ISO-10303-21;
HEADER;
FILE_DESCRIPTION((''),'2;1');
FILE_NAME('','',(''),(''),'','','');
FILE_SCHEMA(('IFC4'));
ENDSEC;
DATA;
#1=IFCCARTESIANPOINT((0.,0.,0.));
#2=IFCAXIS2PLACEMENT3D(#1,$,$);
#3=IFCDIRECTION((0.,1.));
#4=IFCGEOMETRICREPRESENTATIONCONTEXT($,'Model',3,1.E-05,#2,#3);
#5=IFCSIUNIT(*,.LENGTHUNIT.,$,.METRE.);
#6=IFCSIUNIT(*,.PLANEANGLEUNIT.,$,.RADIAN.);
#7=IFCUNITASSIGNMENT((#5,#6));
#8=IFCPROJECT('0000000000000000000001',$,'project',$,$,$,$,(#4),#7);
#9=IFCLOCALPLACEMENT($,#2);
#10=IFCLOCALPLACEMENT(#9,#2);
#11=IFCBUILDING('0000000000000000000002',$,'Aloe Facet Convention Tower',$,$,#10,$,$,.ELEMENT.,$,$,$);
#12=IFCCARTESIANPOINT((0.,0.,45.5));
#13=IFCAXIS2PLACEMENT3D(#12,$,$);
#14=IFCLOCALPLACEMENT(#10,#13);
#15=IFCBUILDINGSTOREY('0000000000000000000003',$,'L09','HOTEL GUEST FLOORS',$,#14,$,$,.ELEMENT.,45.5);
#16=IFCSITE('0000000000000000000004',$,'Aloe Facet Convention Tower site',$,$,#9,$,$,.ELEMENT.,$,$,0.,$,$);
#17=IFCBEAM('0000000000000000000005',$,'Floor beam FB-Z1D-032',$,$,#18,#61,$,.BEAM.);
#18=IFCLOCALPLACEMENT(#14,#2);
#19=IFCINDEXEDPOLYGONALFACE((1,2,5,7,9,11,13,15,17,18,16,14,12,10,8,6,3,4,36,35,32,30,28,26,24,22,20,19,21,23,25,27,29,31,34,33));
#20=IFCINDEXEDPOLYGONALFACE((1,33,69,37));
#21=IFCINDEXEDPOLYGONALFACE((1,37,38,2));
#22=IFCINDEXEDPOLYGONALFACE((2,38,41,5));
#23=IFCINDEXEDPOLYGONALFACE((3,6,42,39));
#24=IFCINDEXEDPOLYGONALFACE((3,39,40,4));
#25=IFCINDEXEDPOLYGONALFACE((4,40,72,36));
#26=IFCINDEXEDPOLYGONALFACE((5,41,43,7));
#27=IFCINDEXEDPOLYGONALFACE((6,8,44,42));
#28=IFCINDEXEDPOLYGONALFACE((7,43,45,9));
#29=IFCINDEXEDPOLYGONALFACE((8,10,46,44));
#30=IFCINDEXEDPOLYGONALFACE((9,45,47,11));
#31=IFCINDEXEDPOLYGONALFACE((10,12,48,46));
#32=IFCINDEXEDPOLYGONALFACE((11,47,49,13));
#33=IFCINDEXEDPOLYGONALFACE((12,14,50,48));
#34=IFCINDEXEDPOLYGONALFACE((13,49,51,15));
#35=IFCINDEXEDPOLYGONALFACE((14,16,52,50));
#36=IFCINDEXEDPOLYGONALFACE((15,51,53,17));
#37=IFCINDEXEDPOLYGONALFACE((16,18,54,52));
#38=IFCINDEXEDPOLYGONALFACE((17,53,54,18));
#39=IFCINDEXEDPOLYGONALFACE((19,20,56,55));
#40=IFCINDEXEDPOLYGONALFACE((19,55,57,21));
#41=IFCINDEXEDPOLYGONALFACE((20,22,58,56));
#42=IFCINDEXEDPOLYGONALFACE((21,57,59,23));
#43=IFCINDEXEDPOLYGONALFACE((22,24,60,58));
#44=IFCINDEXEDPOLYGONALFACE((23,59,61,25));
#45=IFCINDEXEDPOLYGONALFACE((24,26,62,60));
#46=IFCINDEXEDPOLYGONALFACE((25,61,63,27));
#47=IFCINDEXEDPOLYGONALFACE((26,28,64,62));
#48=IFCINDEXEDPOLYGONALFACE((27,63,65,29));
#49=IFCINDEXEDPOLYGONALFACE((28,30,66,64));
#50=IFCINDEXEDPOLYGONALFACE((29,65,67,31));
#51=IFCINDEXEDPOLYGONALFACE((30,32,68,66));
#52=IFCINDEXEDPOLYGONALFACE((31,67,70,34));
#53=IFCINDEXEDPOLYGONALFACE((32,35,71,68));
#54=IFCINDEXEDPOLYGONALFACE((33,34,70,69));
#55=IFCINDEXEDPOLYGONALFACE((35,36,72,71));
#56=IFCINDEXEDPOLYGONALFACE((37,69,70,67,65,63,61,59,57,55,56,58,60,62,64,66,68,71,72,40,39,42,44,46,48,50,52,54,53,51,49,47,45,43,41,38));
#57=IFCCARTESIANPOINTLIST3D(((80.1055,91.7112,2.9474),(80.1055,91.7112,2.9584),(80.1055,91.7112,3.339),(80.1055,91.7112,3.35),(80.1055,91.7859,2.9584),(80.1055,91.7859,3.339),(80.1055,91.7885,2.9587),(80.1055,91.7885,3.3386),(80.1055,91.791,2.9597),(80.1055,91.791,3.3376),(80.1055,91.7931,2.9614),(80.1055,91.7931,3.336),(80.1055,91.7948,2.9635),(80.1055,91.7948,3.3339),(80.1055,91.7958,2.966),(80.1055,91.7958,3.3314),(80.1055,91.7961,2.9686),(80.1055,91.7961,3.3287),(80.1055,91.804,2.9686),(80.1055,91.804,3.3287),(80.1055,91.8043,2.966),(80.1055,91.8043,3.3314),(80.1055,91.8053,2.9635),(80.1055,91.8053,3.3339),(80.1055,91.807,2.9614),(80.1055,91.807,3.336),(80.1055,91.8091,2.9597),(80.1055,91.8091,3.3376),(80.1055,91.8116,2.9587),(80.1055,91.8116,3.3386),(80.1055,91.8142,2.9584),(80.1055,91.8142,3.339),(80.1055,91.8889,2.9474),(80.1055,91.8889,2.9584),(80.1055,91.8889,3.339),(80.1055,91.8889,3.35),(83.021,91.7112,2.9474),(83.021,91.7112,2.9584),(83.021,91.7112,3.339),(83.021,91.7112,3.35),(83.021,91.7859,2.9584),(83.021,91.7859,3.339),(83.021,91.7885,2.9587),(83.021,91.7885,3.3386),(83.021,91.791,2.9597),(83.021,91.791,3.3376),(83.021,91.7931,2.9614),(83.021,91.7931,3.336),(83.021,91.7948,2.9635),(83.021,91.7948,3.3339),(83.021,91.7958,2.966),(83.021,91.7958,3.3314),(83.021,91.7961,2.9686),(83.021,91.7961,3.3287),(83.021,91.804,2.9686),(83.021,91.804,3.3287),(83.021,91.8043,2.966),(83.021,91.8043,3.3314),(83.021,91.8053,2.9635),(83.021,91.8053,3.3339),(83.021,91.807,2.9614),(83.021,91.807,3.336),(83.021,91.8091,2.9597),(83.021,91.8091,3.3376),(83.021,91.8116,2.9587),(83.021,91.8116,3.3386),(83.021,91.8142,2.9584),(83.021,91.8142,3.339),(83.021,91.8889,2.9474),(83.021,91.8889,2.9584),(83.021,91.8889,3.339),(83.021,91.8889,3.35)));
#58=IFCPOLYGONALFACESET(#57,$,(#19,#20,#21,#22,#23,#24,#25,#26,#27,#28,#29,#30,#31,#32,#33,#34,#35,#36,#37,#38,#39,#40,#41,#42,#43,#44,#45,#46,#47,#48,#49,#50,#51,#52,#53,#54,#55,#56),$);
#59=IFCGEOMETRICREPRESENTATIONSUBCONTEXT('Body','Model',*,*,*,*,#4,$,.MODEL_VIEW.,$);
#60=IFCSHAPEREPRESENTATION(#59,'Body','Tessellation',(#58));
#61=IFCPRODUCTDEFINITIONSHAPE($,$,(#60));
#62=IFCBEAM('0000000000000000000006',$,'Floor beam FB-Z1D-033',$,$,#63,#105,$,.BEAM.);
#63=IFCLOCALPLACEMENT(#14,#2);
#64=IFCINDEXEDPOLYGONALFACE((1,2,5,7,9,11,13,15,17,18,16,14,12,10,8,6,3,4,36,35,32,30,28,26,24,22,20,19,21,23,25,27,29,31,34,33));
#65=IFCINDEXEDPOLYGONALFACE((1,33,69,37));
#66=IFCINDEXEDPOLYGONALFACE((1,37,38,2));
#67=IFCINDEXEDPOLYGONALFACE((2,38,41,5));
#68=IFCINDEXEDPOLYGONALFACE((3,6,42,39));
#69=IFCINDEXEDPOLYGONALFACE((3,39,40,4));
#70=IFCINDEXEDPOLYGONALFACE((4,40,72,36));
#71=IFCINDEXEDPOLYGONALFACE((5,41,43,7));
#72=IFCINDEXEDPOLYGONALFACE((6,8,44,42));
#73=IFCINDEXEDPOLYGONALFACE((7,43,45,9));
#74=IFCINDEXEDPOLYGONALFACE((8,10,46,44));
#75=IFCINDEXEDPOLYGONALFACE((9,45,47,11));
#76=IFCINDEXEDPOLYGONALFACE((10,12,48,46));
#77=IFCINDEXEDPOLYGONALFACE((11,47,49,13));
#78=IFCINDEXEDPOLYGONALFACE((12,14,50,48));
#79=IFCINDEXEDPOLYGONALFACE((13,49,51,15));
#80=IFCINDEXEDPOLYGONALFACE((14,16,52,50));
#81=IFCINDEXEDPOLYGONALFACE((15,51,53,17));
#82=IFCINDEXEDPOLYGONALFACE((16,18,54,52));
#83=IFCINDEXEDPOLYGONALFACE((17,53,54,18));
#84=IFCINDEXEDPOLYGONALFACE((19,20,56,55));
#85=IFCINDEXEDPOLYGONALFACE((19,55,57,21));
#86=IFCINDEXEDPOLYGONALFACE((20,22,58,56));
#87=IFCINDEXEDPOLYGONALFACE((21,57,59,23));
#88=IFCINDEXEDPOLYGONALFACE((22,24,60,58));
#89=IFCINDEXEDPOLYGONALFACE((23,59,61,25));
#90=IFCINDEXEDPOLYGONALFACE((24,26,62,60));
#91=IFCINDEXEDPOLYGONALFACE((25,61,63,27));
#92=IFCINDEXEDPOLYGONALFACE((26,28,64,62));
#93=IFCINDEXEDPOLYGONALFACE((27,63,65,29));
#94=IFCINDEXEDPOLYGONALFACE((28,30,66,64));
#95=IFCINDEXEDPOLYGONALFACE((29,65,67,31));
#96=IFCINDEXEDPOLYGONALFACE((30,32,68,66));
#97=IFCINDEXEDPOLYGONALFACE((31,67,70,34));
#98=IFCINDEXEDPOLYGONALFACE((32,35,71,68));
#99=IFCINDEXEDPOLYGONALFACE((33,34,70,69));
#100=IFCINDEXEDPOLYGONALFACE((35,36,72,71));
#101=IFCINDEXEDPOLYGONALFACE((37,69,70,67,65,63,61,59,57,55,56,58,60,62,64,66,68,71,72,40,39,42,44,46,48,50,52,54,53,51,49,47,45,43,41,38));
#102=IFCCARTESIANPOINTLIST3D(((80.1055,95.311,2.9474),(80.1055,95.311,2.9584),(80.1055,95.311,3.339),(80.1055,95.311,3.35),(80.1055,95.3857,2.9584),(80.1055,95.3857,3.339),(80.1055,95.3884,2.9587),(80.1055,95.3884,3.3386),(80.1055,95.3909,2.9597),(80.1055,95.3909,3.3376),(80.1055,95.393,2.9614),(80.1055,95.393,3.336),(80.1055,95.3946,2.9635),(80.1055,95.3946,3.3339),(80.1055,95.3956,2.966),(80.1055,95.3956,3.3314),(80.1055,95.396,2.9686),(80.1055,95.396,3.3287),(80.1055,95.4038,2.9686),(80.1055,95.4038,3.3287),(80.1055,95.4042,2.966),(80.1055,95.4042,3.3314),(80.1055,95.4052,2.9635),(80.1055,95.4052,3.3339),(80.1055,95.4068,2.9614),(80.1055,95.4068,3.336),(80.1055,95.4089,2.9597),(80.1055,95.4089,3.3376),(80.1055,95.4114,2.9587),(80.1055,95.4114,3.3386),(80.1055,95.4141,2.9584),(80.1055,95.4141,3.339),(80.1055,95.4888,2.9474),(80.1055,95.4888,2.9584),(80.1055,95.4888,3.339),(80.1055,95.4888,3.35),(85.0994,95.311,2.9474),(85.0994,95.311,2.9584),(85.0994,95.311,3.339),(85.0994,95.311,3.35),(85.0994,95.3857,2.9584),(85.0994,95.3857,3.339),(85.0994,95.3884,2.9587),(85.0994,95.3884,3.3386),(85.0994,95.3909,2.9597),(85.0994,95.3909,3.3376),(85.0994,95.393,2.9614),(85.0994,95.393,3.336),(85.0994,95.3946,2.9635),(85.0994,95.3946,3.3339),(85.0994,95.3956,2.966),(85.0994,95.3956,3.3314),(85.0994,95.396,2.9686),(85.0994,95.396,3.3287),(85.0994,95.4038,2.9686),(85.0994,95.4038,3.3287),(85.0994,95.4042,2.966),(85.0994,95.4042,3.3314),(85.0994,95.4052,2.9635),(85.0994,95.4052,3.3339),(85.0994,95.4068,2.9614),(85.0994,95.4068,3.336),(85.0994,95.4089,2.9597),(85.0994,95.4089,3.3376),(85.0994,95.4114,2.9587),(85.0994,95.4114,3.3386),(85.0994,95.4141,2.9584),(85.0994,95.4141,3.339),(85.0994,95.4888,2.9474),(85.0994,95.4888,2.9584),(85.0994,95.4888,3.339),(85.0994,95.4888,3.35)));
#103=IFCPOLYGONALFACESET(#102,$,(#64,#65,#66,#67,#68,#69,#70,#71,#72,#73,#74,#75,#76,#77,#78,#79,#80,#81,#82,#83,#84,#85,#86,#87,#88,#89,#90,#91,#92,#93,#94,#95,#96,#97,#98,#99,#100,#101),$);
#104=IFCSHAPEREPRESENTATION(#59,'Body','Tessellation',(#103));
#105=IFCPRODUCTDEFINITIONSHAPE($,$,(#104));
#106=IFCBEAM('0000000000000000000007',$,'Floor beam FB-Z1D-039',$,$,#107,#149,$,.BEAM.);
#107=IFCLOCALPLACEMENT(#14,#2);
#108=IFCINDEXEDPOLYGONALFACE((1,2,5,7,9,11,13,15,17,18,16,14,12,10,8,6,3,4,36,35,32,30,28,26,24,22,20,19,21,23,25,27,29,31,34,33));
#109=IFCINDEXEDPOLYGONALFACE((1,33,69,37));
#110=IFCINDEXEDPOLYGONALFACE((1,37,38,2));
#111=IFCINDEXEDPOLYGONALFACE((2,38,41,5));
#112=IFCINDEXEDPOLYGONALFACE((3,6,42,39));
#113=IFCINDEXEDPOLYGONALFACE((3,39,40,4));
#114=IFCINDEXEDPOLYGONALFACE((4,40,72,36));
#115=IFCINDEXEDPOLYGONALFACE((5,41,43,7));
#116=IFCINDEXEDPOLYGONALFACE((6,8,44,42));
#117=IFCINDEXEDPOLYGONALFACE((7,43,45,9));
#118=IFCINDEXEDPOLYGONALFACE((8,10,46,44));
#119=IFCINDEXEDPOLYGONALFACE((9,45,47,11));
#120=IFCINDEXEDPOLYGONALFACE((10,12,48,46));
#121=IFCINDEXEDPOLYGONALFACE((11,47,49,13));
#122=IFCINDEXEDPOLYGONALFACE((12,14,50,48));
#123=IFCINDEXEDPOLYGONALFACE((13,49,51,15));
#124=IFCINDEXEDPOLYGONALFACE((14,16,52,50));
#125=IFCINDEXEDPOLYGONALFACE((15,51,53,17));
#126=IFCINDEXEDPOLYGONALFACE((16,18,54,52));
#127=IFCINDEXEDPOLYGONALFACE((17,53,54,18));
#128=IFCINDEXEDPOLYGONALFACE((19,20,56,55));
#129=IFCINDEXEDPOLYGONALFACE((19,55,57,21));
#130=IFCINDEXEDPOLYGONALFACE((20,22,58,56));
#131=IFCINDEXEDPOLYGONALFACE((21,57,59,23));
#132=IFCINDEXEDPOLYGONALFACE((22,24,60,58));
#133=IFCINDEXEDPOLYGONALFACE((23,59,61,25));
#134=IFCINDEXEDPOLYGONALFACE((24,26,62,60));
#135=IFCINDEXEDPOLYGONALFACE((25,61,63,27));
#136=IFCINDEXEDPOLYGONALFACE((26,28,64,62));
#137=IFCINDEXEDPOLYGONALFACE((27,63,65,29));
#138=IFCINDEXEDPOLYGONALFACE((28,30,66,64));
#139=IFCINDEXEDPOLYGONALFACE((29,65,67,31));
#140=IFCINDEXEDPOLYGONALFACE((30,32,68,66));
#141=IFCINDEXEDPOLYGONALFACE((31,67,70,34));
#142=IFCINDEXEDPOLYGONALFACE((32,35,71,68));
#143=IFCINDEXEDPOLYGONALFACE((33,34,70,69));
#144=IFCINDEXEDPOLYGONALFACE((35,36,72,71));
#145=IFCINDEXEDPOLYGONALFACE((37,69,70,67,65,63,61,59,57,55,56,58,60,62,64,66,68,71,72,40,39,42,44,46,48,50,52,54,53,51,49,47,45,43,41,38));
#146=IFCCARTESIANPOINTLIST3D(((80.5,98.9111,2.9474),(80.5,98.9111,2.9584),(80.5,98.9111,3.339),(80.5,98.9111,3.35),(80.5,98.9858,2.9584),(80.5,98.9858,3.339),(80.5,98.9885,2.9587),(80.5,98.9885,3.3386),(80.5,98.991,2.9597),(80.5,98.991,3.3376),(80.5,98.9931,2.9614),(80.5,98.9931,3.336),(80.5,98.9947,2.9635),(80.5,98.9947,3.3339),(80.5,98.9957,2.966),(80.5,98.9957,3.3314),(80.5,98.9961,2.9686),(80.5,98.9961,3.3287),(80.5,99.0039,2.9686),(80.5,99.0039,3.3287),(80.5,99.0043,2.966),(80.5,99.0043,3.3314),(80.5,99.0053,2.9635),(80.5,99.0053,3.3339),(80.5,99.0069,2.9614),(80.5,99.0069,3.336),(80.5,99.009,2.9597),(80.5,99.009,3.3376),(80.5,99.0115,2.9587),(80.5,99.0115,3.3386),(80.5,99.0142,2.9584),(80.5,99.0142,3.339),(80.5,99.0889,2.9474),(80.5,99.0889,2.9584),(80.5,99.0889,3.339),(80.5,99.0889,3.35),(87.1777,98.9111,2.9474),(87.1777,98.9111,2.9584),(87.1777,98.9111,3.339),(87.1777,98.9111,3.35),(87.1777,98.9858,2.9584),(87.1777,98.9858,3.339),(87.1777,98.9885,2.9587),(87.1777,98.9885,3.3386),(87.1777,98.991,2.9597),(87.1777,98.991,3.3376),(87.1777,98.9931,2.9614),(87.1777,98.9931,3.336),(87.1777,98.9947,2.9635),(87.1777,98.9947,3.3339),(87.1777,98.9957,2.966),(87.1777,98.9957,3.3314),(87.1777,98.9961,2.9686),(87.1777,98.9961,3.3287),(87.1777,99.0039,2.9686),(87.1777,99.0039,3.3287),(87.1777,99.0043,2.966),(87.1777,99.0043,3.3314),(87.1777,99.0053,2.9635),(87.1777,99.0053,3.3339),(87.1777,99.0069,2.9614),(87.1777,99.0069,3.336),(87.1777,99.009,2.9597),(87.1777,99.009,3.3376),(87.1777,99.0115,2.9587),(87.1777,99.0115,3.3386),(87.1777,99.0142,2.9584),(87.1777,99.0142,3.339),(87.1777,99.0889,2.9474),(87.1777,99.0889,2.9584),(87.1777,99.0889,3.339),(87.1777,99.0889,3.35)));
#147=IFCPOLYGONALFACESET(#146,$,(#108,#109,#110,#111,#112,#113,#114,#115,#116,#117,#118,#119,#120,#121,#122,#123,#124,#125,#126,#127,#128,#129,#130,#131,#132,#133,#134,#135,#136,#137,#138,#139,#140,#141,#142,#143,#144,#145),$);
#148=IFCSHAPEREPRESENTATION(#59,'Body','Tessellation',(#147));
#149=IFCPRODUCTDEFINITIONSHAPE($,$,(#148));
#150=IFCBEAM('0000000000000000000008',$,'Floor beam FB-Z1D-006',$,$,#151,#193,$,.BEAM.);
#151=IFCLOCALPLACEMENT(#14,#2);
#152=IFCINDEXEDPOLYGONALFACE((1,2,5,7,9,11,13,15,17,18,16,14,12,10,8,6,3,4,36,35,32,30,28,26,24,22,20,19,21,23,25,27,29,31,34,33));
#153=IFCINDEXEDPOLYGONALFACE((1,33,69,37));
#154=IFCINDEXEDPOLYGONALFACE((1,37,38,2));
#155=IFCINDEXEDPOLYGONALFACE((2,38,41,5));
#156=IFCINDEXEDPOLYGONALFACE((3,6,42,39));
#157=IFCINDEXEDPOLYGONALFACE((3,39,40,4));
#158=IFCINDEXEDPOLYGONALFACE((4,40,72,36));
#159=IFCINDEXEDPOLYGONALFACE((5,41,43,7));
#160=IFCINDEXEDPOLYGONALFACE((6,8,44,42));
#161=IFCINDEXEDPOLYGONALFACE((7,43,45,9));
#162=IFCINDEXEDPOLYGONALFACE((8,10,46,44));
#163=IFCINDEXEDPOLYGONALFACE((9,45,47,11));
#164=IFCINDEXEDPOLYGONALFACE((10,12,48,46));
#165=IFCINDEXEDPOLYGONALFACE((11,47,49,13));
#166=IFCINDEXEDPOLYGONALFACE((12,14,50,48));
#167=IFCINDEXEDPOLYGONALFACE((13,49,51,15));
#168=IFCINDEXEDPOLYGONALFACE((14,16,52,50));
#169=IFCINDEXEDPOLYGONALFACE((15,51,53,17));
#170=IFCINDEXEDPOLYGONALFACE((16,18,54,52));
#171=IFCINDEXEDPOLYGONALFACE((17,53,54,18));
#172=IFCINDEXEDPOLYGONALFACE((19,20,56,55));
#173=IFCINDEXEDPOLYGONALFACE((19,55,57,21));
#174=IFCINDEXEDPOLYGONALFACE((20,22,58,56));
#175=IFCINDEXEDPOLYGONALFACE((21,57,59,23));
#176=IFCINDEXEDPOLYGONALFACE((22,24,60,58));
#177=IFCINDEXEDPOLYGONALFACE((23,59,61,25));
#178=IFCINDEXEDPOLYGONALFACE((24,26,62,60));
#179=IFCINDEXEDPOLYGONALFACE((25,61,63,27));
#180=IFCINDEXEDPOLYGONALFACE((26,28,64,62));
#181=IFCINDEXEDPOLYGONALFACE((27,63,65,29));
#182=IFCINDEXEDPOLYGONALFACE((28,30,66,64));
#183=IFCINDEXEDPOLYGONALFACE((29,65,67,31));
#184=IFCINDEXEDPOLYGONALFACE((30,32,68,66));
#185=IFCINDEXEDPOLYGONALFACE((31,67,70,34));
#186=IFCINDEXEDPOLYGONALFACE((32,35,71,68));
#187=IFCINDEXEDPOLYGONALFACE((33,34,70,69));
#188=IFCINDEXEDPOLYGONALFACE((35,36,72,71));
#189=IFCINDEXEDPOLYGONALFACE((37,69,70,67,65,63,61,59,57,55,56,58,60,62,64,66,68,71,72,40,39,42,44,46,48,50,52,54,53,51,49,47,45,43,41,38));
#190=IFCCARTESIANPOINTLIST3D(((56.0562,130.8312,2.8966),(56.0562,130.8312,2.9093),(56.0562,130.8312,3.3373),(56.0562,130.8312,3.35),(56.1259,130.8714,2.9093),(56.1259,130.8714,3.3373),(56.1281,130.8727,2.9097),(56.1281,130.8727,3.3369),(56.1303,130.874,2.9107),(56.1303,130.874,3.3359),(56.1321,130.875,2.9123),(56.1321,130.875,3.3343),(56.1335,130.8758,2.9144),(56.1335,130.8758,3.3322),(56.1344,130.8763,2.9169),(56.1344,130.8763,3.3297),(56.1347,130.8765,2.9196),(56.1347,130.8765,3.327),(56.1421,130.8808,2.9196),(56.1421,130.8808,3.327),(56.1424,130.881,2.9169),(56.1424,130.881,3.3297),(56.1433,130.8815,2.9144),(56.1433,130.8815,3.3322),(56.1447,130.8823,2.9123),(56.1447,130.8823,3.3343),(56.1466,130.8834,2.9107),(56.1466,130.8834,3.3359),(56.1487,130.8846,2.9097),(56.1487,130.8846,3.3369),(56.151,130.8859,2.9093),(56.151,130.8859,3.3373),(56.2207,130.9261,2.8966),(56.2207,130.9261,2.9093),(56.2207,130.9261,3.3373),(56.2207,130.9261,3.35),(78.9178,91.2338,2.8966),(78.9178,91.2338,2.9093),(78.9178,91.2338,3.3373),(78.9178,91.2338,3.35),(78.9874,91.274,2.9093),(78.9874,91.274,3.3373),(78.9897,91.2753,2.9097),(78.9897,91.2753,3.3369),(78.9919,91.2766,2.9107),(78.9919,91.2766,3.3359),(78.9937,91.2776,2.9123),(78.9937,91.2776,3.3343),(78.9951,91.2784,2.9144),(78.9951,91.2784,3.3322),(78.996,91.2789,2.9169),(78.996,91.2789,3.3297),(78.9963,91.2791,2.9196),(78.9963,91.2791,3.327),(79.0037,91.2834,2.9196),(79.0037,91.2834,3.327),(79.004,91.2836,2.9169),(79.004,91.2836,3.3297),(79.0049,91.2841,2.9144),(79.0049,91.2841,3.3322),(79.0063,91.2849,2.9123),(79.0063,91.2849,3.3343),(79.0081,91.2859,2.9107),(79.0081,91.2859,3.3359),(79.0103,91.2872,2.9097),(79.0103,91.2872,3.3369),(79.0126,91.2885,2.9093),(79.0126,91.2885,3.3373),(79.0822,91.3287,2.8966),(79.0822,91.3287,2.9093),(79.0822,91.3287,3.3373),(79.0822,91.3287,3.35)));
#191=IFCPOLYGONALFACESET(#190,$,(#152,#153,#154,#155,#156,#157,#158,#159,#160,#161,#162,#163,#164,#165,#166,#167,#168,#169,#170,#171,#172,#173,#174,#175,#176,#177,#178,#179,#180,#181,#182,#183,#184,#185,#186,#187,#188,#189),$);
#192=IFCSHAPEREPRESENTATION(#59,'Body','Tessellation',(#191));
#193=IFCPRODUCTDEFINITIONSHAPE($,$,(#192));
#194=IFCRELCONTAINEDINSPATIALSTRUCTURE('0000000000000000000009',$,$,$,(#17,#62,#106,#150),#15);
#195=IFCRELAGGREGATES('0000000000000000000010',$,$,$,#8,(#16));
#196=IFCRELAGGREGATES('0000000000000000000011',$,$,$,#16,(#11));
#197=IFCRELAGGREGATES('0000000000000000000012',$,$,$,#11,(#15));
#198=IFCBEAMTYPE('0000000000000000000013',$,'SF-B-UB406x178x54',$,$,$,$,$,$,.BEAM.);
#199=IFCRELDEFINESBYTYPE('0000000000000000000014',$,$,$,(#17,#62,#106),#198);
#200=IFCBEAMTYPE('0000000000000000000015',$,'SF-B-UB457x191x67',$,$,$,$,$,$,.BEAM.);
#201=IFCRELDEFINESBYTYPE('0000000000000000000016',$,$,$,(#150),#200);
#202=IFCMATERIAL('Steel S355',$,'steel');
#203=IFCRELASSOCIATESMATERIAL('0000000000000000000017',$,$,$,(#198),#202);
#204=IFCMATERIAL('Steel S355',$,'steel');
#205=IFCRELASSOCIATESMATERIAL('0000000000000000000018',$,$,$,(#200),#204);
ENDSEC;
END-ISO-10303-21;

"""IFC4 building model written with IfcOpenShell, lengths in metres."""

from ifc_helpers import new_model, si_unit, direction, frame, origin, origin_2d, place, context, subcontext, project, spatial, i_section, extrude, material, material_profile, profile_set, type_object, element, save


model = new_model("IFC4")

# Units and contexts
model_context = context("Model", 3, precision=1e-05, world=origin(), true_north=direction((0.0, 1.0)))
body_context = subcontext(model_context, "Body", "Model", "MODEL_VIEW")
ifc_project = project(units=[si_unit("LENGTHUNIT", "METRE"), si_unit("PLANEANGLEUNIT", "RADIAN")], contexts=[model_context])

# Site, building, storey
site_placement = place(None, origin())
site = spatial("IfcSite", under=ifc_project, at=site_placement, Name="Aloe Facet Convention Tower site", CompositionType="ELEMENT", RefElevation=0.0)
building_placement = place(site_placement, origin())
building = spatial("IfcBuilding", under=site, at=building_placement, Name="Aloe Facet Convention Tower", CompositionType="ELEMENT")
storey_placement = place(building_placement, frame((0.0, 0.0, 45.5)))
storey = spatial("IfcBuildingStorey", under=building, at=storey_placement, Name="L09", Description="HOTEL GUEST FLOORS", CompositionType="ELEMENT", Elevation=45.5)

# Beams
ifc_material_1 = material(Name="Steel S355", Category="steel")
ifc_material_profile_1 = material_profile(ifc_material_1, i_section(OverallWidth=0.1777, OverallDepth=0.4026, WebThickness=0.0078, FlangeThickness=0.011, FilletRadius=0.0103, at=origin_2d()), Name="UB 406x178x54")
ifc_profile_set_1 = profile_set([ifc_material_profile_1], Name="Steel S355")
beam_type_1 = type_object("IfcBeamType", Name="SF-B-UB406x178x54", PredefinedType="BEAM", material=ifc_profile_set_1)
for number, where, z_axis, x_axis, name in (
    (1, (80.1055, 91.8, 3.1487), (1.0, 0.0, 0.0), (0.0, 1.0, 0.0), "Floor beam FB-Z1D-032"),
):
    element("IfcBeam", number, at=place(storey_placement, frame(where, z_axis=z_axis, x_axis=x_axis)), inside=storey, type_object=beam_type_1, Name=name, PredefinedType="BEAM", context=body_context, shape_type="SweptSolid", body=[
        extrude(i_section(OverallWidth=0.1777, OverallDepth=0.4026, WebThickness=0.0078, FlangeThickness=0.011, FilletRadius=0.0103, at=origin_2d()), origin(), (0.0, 0.0, 1.0), 2.9155),
    ])
beam_1_placement = place(storey_placement, frame((80.1055, 95.3999, 3.1487), z_axis=(1.0, 0.0, 0.0), x_axis=(0.0, 1.0, 0.0)))
element("IfcBeam", 2, at=beam_1_placement, inside=storey, type_object=beam_type_1, Name="Floor beam FB-Z1D-033", PredefinedType="BEAM", context=body_context, shape_type="SweptSolid", body=[
    extrude(i_section(OverallWidth=0.1777, OverallDepth=0.4026, WebThickness=0.0078, FlangeThickness=0.011, FilletRadius=0.0103, at=origin_2d()), origin(), (0.0, 0.0, 1.0), 4.9939),
])
beam_2_placement = place(storey_placement, frame((80.5, 99.0, 3.1487), z_axis=(1.0, 0.0, 0.0), x_axis=(0.0, 1.0, 0.0)))
element("IfcBeam", 3, at=beam_2_placement, inside=storey, type_object=beam_type_1, Name="Floor beam FB-Z1D-039", PredefinedType="BEAM", context=body_context, shape_type="SweptSolid", body=[
    extrude(i_section(OverallWidth=0.1777, OverallDepth=0.4026, WebThickness=0.0078, FlangeThickness=0.011, FilletRadius=0.0103, at=origin_2d()), origin(), (0.0, 0.0, 1.0), 6.6777),
])
ifc_material_2 = material(Name="Steel S355", Category="steel")
ifc_material_profile_2 = material_profile(ifc_material_2, i_section(OverallWidth=0.1899, OverallDepth=0.4534, WebThickness=0.0085, FlangeThickness=0.0127, FilletRadius=0.0103, at=origin_2d()), Name="UB 457x191x67")
ifc_profile_set_2 = profile_set([ifc_material_profile_2], Name="Steel S355")
beam_type_2 = type_object("IfcBeamType", Name="SF-B-UB457x191x67", PredefinedType="BEAM", material=ifc_profile_set_2)
beam_3_placement = place(storey_placement, frame((79.0, 91.2812, 3.1233), z_axis=(-0.5, 0.866025, 0.0), x_axis=(-0.866025, -0.5, 0.0)))
element("IfcBeam", 4, at=beam_3_placement, inside=storey, type_object=beam_type_2, Name="Floor beam FB-Z1D-006", PredefinedType="BEAM", context=body_context, shape_type="SweptSolid", body=[
    extrude(i_section(OverallWidth=0.1899, OverallDepth=0.4534, WebThickness=0.0085, FlangeThickness=0.0127, FilletRadius=0.0103, at=origin_2d()), origin(), (0.0, 0.0, 1.0), 45.7231),
])

save(model, "model.ifc")
